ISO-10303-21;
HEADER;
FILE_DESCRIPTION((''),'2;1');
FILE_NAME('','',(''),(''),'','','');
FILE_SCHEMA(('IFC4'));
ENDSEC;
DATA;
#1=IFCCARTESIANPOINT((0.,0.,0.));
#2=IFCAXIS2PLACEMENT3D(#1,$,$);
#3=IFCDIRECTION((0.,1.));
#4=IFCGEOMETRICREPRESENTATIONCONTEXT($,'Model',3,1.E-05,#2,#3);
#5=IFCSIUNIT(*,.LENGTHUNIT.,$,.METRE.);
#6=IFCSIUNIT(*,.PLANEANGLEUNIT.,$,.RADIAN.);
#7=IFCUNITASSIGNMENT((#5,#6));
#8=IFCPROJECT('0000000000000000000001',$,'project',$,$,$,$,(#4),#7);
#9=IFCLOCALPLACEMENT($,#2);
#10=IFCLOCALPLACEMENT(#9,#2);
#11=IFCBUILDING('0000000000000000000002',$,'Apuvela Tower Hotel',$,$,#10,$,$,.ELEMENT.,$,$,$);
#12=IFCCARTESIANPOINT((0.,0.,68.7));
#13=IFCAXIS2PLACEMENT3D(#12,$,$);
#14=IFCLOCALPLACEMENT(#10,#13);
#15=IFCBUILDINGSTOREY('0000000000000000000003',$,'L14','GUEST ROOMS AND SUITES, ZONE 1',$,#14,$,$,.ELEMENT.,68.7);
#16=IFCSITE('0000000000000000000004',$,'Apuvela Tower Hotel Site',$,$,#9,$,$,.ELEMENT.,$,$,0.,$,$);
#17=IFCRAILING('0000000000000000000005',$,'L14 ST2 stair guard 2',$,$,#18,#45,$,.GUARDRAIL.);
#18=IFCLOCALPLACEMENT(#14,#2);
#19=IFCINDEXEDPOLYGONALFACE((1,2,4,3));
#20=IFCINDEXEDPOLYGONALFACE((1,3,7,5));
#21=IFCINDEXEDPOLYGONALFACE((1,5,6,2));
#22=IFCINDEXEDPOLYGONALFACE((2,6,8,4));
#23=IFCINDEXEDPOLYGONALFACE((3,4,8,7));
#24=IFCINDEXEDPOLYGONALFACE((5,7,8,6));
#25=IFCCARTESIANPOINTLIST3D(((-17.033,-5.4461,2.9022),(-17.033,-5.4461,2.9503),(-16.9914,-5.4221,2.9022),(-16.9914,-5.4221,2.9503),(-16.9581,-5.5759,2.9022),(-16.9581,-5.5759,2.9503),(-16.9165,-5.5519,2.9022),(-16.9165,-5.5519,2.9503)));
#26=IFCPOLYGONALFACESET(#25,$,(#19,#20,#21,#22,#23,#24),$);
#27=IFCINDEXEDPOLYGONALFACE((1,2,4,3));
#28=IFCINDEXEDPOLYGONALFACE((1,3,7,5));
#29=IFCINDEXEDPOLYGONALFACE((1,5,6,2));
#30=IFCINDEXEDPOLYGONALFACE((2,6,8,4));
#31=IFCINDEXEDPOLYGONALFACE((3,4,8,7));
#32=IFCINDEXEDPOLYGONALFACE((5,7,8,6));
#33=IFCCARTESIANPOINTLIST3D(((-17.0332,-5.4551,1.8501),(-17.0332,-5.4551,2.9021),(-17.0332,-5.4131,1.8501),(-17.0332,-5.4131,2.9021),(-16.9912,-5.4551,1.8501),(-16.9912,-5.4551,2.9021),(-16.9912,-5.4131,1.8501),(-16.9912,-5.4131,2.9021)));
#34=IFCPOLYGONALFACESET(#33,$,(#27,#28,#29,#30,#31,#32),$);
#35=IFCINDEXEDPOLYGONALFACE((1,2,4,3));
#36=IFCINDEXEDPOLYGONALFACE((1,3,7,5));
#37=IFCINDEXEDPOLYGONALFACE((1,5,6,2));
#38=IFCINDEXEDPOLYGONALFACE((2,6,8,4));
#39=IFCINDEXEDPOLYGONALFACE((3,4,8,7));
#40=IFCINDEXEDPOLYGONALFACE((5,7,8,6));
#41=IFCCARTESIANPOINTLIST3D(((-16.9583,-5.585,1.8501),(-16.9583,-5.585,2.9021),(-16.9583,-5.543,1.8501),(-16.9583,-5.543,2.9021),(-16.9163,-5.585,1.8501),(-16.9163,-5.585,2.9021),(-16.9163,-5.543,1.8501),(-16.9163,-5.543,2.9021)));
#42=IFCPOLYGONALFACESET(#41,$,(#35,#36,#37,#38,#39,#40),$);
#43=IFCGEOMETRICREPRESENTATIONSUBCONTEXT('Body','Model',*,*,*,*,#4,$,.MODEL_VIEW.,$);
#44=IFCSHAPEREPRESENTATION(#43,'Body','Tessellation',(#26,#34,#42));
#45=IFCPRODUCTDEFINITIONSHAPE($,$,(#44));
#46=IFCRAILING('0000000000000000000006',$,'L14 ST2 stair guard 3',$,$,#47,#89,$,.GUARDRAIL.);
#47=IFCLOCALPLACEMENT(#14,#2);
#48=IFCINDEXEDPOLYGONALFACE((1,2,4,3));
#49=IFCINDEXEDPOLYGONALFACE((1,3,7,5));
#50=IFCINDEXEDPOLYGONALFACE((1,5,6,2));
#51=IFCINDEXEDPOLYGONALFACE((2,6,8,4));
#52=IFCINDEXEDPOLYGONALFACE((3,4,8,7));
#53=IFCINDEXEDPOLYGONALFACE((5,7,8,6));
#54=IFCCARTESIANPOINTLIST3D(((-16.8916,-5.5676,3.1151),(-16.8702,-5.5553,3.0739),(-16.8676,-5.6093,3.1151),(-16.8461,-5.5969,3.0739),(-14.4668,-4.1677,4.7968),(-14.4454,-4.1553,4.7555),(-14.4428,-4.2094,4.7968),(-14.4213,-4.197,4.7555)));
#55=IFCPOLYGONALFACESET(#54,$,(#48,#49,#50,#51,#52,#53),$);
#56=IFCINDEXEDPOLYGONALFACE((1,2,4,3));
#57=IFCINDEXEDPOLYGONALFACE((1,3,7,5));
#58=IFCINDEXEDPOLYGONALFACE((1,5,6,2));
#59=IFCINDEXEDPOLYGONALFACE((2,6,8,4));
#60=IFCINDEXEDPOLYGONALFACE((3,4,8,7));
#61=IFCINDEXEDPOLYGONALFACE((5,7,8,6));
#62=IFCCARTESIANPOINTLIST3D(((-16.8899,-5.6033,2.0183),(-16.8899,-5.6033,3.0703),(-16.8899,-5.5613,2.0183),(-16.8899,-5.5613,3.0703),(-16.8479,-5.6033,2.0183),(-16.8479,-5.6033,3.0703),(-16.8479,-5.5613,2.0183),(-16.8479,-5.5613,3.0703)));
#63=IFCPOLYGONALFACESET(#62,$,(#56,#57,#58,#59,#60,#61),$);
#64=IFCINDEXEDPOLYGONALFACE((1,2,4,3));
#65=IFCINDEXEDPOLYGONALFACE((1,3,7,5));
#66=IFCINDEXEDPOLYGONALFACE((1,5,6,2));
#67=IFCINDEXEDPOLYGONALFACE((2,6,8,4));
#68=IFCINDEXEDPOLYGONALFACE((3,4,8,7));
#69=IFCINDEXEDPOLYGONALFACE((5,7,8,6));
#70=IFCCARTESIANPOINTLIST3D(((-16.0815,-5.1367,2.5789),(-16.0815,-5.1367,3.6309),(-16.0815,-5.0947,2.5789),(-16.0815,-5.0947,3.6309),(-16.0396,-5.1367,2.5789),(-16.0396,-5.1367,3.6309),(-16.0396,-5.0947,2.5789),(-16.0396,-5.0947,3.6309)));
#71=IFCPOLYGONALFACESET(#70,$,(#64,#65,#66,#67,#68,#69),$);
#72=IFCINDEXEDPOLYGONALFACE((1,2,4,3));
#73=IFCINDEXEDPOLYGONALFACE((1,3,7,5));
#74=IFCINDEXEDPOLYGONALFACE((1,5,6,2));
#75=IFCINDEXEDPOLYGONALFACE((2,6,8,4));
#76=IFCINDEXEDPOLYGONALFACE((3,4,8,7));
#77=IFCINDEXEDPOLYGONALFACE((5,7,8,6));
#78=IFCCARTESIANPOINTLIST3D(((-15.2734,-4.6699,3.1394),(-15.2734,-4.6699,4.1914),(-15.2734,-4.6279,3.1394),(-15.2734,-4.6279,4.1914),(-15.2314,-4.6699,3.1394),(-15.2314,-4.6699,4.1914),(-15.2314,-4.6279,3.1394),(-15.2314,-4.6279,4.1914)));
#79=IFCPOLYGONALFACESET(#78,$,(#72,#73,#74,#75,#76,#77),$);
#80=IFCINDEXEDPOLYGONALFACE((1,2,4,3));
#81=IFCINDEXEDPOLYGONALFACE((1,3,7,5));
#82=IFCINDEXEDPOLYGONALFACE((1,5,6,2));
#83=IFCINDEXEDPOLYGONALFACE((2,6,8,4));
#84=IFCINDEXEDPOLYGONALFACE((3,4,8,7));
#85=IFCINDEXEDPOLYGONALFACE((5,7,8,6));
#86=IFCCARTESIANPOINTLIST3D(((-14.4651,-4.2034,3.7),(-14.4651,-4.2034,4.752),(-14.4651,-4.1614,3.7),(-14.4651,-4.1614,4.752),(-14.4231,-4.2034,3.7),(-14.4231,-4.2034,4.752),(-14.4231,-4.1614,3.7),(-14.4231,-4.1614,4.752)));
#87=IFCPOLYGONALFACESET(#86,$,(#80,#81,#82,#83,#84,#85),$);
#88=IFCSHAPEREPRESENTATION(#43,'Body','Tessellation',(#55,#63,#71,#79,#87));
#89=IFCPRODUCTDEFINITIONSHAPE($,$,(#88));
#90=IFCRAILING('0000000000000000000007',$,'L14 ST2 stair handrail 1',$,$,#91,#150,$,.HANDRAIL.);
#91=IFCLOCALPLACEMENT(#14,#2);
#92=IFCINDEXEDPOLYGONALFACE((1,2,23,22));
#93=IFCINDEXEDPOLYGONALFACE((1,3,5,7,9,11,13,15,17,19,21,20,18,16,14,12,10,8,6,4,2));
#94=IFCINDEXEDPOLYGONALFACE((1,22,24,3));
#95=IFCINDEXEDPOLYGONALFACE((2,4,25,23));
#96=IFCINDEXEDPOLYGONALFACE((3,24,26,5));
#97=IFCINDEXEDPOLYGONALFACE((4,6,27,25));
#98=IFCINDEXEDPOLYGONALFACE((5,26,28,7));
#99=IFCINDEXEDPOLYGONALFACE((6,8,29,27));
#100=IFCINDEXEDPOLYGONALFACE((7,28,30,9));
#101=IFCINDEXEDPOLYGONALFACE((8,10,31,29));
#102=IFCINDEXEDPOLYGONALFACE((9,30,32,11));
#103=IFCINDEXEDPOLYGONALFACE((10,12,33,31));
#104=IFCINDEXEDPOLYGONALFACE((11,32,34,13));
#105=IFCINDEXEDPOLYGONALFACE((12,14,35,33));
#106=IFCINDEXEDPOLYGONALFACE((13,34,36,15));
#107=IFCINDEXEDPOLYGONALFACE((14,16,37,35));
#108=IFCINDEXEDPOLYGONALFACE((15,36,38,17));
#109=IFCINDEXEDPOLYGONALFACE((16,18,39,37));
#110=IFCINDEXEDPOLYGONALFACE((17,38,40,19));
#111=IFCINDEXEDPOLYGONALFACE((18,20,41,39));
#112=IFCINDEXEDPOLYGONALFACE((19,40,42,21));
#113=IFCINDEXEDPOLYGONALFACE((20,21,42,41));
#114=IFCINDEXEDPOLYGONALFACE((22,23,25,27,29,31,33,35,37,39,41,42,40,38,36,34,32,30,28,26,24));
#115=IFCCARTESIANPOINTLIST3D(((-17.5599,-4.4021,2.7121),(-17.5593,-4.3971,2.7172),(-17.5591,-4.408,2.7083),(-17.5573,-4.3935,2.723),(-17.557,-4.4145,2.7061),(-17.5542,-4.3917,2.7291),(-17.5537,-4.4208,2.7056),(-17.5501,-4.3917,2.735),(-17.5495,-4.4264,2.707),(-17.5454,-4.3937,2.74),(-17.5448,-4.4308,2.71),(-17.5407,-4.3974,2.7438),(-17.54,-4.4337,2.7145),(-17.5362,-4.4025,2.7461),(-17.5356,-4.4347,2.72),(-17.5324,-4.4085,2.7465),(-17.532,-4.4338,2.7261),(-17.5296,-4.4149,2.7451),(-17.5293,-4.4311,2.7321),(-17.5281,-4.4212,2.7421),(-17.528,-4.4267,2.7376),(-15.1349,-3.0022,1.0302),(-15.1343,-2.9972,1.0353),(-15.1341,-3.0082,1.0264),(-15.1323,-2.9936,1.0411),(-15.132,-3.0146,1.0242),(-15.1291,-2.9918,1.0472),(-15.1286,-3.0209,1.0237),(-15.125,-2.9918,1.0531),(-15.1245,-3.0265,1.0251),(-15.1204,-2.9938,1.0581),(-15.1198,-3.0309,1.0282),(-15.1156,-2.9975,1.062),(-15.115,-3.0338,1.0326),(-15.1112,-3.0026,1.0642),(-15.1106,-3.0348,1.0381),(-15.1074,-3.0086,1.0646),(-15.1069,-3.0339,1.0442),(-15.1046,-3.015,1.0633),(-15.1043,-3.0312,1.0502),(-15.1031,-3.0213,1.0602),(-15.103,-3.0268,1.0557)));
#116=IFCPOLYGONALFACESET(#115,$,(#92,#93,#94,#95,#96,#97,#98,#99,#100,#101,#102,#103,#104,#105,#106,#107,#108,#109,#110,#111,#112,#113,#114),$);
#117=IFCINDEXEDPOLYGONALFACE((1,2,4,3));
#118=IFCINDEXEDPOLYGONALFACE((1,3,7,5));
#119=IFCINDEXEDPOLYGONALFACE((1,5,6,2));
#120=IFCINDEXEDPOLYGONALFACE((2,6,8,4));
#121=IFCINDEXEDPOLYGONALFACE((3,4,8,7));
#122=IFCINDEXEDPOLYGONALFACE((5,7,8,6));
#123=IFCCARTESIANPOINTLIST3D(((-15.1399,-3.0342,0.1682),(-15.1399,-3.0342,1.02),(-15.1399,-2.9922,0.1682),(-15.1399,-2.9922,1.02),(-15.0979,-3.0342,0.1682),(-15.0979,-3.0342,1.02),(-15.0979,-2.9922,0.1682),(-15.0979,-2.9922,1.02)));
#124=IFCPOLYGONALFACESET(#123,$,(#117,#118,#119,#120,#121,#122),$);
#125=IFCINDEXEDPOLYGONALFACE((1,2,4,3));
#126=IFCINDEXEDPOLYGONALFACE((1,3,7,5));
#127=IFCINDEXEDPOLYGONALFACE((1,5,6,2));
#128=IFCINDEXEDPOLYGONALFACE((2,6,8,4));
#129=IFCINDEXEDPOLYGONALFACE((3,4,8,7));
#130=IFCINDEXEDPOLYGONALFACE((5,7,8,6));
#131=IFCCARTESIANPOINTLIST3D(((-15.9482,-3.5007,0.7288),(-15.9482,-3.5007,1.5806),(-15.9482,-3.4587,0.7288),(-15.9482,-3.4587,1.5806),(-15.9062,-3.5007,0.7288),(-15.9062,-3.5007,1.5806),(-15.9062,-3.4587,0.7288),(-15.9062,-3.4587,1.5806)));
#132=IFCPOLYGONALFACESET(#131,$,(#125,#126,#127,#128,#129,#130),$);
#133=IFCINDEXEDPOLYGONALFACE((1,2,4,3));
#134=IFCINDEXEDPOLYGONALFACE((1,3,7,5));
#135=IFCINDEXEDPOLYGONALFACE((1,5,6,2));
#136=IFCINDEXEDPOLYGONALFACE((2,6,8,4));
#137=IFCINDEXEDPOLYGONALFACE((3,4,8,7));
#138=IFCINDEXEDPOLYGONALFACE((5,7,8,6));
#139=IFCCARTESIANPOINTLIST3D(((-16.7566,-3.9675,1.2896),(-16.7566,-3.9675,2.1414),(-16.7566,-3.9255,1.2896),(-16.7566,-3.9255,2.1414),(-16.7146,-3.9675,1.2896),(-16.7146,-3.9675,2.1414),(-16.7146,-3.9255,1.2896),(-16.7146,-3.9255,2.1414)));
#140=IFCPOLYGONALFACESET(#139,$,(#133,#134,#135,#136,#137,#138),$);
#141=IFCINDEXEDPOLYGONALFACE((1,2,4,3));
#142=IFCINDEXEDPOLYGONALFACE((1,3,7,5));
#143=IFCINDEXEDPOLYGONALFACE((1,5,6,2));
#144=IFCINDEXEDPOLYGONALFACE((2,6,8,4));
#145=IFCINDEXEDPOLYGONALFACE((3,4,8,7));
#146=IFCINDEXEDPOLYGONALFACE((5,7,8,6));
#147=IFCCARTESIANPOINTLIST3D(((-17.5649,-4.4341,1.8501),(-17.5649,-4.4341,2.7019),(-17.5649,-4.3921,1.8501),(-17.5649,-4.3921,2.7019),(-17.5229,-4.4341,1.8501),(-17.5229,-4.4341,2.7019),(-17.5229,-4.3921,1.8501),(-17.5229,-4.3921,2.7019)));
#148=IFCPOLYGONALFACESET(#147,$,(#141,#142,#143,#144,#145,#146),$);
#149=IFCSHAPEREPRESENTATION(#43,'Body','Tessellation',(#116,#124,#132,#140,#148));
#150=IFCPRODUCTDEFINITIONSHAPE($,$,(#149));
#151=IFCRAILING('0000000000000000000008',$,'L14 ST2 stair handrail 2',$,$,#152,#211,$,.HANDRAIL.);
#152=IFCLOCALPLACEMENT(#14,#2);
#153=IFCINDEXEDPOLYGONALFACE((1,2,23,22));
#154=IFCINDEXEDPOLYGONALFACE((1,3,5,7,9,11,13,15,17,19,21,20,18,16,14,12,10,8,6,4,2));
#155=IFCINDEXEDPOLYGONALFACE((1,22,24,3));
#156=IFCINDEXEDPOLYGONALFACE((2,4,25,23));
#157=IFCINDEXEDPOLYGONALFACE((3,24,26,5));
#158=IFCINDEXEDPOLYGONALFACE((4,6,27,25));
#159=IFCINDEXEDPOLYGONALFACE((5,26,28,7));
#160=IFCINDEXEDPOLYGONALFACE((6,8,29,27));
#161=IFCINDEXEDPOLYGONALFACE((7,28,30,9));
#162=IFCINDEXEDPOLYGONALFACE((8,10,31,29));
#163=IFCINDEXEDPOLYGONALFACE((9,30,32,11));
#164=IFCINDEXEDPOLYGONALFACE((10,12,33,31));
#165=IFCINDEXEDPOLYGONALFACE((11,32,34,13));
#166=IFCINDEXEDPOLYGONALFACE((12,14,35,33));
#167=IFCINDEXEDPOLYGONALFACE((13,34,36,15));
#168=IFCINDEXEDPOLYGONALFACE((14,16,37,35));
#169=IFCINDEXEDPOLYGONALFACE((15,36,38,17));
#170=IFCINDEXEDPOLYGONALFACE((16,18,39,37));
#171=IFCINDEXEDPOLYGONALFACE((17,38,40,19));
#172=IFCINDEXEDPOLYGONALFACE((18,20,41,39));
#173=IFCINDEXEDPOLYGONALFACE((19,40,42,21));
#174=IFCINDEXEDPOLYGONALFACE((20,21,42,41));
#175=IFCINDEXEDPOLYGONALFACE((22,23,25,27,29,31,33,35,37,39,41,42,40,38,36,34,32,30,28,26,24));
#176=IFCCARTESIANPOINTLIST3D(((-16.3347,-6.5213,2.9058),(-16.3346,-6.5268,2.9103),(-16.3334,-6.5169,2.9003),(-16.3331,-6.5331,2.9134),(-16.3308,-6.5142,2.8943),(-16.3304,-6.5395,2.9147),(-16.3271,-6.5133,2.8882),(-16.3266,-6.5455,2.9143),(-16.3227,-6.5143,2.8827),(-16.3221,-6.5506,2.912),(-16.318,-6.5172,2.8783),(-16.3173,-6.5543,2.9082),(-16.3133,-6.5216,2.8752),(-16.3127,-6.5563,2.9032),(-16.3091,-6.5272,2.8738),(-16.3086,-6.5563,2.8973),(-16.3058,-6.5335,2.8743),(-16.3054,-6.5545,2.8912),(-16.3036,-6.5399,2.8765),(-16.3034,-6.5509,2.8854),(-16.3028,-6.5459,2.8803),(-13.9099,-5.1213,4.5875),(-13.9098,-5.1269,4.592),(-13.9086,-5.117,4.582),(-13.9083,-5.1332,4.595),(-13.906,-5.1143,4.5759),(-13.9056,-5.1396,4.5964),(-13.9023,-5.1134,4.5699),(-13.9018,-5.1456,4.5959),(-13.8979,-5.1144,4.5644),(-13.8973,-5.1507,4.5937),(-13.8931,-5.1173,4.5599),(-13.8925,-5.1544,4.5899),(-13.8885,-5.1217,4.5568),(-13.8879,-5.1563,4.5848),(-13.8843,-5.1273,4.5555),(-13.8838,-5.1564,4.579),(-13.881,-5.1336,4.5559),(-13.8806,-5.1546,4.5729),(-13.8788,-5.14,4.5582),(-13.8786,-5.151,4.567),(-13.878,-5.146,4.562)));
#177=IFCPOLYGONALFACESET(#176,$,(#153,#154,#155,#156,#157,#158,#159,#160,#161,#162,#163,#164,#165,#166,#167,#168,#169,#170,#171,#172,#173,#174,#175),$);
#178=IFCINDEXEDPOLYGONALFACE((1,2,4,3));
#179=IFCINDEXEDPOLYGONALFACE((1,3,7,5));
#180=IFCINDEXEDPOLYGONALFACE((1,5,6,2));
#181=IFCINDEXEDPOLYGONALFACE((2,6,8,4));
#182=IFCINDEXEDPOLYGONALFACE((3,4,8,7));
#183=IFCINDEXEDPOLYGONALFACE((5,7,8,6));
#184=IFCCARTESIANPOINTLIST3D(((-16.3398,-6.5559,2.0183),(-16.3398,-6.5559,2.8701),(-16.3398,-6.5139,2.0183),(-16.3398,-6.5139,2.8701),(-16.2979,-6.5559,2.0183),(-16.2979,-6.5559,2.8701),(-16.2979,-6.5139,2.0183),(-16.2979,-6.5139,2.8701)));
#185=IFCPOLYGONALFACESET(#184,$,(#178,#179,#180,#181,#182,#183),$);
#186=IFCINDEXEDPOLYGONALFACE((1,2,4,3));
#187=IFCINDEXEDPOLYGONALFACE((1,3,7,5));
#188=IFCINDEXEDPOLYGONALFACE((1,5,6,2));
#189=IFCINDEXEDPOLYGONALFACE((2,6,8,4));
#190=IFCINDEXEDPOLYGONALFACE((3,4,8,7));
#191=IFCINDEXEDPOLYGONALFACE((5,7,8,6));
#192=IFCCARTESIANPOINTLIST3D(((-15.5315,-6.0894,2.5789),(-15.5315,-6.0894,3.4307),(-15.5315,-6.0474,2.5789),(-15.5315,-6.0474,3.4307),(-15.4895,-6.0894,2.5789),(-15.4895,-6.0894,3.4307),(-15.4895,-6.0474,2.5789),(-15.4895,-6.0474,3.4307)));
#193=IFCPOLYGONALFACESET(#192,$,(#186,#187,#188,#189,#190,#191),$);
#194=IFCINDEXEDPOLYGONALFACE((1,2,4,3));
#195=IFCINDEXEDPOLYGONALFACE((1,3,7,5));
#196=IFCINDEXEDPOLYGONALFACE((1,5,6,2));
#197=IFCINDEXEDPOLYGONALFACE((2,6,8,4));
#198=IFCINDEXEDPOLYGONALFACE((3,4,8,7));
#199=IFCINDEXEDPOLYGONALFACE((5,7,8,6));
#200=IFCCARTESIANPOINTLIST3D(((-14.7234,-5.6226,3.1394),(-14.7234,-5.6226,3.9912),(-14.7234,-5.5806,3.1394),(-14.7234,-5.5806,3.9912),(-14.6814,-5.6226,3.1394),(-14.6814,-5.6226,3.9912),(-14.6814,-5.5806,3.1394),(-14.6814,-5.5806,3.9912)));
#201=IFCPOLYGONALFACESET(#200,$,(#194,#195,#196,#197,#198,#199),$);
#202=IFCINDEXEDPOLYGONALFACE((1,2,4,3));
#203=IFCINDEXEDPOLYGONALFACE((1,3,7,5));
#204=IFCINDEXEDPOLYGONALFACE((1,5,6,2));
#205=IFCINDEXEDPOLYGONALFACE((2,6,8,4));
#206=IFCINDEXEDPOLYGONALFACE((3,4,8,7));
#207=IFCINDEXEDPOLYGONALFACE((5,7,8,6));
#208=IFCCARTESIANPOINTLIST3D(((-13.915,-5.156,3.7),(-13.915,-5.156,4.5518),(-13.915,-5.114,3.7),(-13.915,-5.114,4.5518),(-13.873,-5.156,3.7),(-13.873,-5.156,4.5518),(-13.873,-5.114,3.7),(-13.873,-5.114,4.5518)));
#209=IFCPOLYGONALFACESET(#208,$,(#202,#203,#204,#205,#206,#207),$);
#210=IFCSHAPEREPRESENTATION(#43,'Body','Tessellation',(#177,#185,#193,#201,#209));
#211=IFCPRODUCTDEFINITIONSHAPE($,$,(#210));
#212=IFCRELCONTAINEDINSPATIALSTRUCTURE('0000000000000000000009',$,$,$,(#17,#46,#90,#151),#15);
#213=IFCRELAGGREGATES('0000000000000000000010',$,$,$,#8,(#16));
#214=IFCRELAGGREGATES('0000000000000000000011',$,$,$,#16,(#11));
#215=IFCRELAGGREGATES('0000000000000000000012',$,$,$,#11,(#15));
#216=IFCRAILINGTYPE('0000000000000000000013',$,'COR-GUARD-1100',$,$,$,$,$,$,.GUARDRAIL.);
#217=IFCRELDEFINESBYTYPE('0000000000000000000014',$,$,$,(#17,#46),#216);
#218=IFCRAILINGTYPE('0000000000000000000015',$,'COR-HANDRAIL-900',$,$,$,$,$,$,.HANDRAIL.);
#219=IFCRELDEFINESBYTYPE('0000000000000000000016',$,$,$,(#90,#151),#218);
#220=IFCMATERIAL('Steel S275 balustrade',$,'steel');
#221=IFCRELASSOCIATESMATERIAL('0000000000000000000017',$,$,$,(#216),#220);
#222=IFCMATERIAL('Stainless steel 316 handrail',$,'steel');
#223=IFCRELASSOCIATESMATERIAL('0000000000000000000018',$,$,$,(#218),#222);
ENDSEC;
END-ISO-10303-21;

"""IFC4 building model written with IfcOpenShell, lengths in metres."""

from ifc_helpers import new_model, si_unit, direction, frame, origin, origin_2d, place, context, subcontext, project, spatial, rectangle, circle, extrude, material, type_object, element, save


model = new_model("IFC4")

# Units and contexts
model_context = context("Model", 3, precision=1e-05, world=origin(), true_north=direction((0.0, 1.0)))
body_context = subcontext(model_context, "Body", "Model", "MODEL_VIEW")
ifc_project = project(units=[si_unit("LENGTHUNIT", "METRE"), si_unit("PLANEANGLEUNIT", "RADIAN")], contexts=[model_context])

# Site, building, storey
site_placement = place(None, origin())
site = spatial("IfcSite", under=ifc_project, at=site_placement, Name="Apuvela Tower Hotel Site", CompositionType="ELEMENT", RefElevation=0.0)
building_placement = place(site_placement, origin())
building = spatial("IfcBuilding", under=site, at=building_placement, Name="Apuvela Tower Hotel", CompositionType="ELEMENT")
storey_placement = place(building_placement, frame((0.0, 0.0, 68.7)))
storey = spatial("IfcBuildingStorey", under=building, at=storey_placement, Name="L14", Description="GUEST ROOMS AND SUITES, ZONE 1", CompositionType="ELEMENT", Elevation=68.7)

# Railings
ifc_material_1 = material(Name="Steel S275 balustrade", Category="steel")
railing_type_1 = type_object("IfcRailingType", Name="COR-GUARD-1100", PredefinedType="GUARDRAIL", material=ifc_material_1)
railing_1_placement = place(storey_placement, frame((-17.0122, -5.4341, 1.8501)))
element("IfcRailing", 1, at=railing_1_placement, inside=storey, type_object=railing_type_1, Name="L14 ST2 stair guard 2", PredefinedType="GUARDRAIL", context=body_context, shape_type="SweptSolid", body=[
    extrude(rectangle(XDim=0.0481, YDim=0.0481, at=origin_2d()), frame((0.0, 0.0, 1.0762), z_axis=(0.499816, -0.866131, 0.0), x_axis=(0.866131, 0.499816, 0.0)), (0.0, 0.0, 1.0), 0.1499),
    extrude(rectangle(XDim=0.042, YDim=0.042, at=origin_2d()), origin(), (0.0, 0.0, 1.0), 1.052),
    extrude(rectangle(XDim=0.042, YDim=0.042, at=origin_2d()), frame((0.075, -0.1299, 0.0)), (0.0, 0.0, 1.0), 1.052),
])
railing_2_placement = place(storey_placement, frame((-16.8689, -5.5823, 2.0183)))
element("IfcRailing", 2, at=railing_2_placement, inside=storey, type_object=railing_type_1, Name="L14 ST2 stair guard 3", PredefinedType="GUARDRAIL", context=body_context, shape_type="SweptSolid", body=[
    extrude(rectangle(XDim=0.0481, YDim=0.0481, at=origin_2d()), frame((0.0, 0.0, 1.0762), z_axis=(0.742419, 0.428618, 0.514879), x_axis=(-0.499984, 0.866035, 0.0)), (0.0, 0.0, 1.0), 3.2661),
    extrude(rectangle(XDim=0.042, YDim=0.042, at=origin_2d()), origin(), (0.0, 0.0, 1.0), 1.052),
    extrude(rectangle(XDim=0.042, YDim=0.042, at=origin_2d()), frame((0.8083, 0.4666, 0.5605)), (0.0, 0.0, 1.0), 1.052),
    extrude(rectangle(XDim=0.042, YDim=0.042, at=origin_2d()), frame((1.6165, 0.9333, 1.1211)), (0.0, 0.0, 1.0), 1.052),
    extrude(rectangle(XDim=0.042, YDim=0.042, at=origin_2d()), frame((2.4248, 1.3999, 1.6816)), (0.0, 0.0, 1.0), 1.052),
])
ifc_material_2 = material(Name="Stainless steel 316 handrail", Category="steel")
railing_type_2 = type_object("IfcRailingType", Name="COR-HANDRAIL-900", PredefinedType="HANDRAIL", material=ifc_material_2)
railing_3_placement = place(storey_placement, frame((-15.1189, -3.0132, 0.1682)))
element("IfcRailing", 3, at=railing_3_placement, inside=storey, type_object=railing_type_2, Name="L14 ST2 stair handrail 1", PredefinedType="HANDRAIL", context=body_context, shape_type="SweptSolid", body=[
    extrude(circle(Radius=0.0239, at=origin_2d()), frame((0.0, 0.0, 0.876), z_axis=(-0.742424, -0.428577, 0.514906), x_axis=(0.499946, -0.866056, 0.0)), (0.0, 0.0, 1.0), 3.2664),
    extrude(rectangle(XDim=0.042, YDim=0.042, at=origin_2d()), origin(), (0.0, 0.0, 1.0), 0.8518),
    extrude(rectangle(XDim=0.042, YDim=0.042, at=origin_2d()), frame((-0.8083, -0.4666, 0.5605)), (0.0, 0.0, 1.0), 0.8518),
    extrude(rectangle(XDim=0.042, YDim=0.042, at=origin_2d()), frame((-1.6167, -0.9333, 1.1213)), (0.0, 0.0, 1.0), 0.8518),
    extrude(rectangle(XDim=0.042, YDim=0.042, at=origin_2d()), frame((-2.425, -1.3999, 1.6819)), (0.0, 0.0, 1.0), 0.8518),
])
railing_4_placement = place(storey_placement, frame((-16.3188, -6.5349, 2.0183)))
element("IfcRailing", 4, at=railing_4_placement, inside=storey, type_object=railing_type_2, Name="L14 ST2 stair handrail 2", PredefinedType="HANDRAIL", context=body_context, shape_type="SweptSolid", body=[
    extrude(circle(Radius=0.0239, at=origin_2d()), frame((0.0, 0.0, 0.876), z_axis=(0.742419, 0.428618, 0.514879), x_axis=(-0.499984, 0.866035, 0.0)), (0.0, 0.0, 1.0), 3.2661),
    extrude(rectangle(XDim=0.042, YDim=0.042, at=origin_2d()), origin(), (0.0, 0.0, 1.0), 0.8518),
    extrude(rectangle(XDim=0.042, YDim=0.042, at=origin_2d()), frame((0.8083, 0.4666, 0.5605)), (0.0, 0.0, 1.0), 0.8518),
    extrude(rectangle(XDim=0.042, YDim=0.042, at=origin_2d()), frame((1.6165, 0.9333, 1.1211)), (0.0, 0.0, 1.0), 0.8518),
    extrude(rectangle(XDim=0.042, YDim=0.042, at=origin_2d()), frame((2.4248, 1.3999, 1.6816)), (0.0, 0.0, 1.0), 0.8518),
])

save(model, "model.ifc")
